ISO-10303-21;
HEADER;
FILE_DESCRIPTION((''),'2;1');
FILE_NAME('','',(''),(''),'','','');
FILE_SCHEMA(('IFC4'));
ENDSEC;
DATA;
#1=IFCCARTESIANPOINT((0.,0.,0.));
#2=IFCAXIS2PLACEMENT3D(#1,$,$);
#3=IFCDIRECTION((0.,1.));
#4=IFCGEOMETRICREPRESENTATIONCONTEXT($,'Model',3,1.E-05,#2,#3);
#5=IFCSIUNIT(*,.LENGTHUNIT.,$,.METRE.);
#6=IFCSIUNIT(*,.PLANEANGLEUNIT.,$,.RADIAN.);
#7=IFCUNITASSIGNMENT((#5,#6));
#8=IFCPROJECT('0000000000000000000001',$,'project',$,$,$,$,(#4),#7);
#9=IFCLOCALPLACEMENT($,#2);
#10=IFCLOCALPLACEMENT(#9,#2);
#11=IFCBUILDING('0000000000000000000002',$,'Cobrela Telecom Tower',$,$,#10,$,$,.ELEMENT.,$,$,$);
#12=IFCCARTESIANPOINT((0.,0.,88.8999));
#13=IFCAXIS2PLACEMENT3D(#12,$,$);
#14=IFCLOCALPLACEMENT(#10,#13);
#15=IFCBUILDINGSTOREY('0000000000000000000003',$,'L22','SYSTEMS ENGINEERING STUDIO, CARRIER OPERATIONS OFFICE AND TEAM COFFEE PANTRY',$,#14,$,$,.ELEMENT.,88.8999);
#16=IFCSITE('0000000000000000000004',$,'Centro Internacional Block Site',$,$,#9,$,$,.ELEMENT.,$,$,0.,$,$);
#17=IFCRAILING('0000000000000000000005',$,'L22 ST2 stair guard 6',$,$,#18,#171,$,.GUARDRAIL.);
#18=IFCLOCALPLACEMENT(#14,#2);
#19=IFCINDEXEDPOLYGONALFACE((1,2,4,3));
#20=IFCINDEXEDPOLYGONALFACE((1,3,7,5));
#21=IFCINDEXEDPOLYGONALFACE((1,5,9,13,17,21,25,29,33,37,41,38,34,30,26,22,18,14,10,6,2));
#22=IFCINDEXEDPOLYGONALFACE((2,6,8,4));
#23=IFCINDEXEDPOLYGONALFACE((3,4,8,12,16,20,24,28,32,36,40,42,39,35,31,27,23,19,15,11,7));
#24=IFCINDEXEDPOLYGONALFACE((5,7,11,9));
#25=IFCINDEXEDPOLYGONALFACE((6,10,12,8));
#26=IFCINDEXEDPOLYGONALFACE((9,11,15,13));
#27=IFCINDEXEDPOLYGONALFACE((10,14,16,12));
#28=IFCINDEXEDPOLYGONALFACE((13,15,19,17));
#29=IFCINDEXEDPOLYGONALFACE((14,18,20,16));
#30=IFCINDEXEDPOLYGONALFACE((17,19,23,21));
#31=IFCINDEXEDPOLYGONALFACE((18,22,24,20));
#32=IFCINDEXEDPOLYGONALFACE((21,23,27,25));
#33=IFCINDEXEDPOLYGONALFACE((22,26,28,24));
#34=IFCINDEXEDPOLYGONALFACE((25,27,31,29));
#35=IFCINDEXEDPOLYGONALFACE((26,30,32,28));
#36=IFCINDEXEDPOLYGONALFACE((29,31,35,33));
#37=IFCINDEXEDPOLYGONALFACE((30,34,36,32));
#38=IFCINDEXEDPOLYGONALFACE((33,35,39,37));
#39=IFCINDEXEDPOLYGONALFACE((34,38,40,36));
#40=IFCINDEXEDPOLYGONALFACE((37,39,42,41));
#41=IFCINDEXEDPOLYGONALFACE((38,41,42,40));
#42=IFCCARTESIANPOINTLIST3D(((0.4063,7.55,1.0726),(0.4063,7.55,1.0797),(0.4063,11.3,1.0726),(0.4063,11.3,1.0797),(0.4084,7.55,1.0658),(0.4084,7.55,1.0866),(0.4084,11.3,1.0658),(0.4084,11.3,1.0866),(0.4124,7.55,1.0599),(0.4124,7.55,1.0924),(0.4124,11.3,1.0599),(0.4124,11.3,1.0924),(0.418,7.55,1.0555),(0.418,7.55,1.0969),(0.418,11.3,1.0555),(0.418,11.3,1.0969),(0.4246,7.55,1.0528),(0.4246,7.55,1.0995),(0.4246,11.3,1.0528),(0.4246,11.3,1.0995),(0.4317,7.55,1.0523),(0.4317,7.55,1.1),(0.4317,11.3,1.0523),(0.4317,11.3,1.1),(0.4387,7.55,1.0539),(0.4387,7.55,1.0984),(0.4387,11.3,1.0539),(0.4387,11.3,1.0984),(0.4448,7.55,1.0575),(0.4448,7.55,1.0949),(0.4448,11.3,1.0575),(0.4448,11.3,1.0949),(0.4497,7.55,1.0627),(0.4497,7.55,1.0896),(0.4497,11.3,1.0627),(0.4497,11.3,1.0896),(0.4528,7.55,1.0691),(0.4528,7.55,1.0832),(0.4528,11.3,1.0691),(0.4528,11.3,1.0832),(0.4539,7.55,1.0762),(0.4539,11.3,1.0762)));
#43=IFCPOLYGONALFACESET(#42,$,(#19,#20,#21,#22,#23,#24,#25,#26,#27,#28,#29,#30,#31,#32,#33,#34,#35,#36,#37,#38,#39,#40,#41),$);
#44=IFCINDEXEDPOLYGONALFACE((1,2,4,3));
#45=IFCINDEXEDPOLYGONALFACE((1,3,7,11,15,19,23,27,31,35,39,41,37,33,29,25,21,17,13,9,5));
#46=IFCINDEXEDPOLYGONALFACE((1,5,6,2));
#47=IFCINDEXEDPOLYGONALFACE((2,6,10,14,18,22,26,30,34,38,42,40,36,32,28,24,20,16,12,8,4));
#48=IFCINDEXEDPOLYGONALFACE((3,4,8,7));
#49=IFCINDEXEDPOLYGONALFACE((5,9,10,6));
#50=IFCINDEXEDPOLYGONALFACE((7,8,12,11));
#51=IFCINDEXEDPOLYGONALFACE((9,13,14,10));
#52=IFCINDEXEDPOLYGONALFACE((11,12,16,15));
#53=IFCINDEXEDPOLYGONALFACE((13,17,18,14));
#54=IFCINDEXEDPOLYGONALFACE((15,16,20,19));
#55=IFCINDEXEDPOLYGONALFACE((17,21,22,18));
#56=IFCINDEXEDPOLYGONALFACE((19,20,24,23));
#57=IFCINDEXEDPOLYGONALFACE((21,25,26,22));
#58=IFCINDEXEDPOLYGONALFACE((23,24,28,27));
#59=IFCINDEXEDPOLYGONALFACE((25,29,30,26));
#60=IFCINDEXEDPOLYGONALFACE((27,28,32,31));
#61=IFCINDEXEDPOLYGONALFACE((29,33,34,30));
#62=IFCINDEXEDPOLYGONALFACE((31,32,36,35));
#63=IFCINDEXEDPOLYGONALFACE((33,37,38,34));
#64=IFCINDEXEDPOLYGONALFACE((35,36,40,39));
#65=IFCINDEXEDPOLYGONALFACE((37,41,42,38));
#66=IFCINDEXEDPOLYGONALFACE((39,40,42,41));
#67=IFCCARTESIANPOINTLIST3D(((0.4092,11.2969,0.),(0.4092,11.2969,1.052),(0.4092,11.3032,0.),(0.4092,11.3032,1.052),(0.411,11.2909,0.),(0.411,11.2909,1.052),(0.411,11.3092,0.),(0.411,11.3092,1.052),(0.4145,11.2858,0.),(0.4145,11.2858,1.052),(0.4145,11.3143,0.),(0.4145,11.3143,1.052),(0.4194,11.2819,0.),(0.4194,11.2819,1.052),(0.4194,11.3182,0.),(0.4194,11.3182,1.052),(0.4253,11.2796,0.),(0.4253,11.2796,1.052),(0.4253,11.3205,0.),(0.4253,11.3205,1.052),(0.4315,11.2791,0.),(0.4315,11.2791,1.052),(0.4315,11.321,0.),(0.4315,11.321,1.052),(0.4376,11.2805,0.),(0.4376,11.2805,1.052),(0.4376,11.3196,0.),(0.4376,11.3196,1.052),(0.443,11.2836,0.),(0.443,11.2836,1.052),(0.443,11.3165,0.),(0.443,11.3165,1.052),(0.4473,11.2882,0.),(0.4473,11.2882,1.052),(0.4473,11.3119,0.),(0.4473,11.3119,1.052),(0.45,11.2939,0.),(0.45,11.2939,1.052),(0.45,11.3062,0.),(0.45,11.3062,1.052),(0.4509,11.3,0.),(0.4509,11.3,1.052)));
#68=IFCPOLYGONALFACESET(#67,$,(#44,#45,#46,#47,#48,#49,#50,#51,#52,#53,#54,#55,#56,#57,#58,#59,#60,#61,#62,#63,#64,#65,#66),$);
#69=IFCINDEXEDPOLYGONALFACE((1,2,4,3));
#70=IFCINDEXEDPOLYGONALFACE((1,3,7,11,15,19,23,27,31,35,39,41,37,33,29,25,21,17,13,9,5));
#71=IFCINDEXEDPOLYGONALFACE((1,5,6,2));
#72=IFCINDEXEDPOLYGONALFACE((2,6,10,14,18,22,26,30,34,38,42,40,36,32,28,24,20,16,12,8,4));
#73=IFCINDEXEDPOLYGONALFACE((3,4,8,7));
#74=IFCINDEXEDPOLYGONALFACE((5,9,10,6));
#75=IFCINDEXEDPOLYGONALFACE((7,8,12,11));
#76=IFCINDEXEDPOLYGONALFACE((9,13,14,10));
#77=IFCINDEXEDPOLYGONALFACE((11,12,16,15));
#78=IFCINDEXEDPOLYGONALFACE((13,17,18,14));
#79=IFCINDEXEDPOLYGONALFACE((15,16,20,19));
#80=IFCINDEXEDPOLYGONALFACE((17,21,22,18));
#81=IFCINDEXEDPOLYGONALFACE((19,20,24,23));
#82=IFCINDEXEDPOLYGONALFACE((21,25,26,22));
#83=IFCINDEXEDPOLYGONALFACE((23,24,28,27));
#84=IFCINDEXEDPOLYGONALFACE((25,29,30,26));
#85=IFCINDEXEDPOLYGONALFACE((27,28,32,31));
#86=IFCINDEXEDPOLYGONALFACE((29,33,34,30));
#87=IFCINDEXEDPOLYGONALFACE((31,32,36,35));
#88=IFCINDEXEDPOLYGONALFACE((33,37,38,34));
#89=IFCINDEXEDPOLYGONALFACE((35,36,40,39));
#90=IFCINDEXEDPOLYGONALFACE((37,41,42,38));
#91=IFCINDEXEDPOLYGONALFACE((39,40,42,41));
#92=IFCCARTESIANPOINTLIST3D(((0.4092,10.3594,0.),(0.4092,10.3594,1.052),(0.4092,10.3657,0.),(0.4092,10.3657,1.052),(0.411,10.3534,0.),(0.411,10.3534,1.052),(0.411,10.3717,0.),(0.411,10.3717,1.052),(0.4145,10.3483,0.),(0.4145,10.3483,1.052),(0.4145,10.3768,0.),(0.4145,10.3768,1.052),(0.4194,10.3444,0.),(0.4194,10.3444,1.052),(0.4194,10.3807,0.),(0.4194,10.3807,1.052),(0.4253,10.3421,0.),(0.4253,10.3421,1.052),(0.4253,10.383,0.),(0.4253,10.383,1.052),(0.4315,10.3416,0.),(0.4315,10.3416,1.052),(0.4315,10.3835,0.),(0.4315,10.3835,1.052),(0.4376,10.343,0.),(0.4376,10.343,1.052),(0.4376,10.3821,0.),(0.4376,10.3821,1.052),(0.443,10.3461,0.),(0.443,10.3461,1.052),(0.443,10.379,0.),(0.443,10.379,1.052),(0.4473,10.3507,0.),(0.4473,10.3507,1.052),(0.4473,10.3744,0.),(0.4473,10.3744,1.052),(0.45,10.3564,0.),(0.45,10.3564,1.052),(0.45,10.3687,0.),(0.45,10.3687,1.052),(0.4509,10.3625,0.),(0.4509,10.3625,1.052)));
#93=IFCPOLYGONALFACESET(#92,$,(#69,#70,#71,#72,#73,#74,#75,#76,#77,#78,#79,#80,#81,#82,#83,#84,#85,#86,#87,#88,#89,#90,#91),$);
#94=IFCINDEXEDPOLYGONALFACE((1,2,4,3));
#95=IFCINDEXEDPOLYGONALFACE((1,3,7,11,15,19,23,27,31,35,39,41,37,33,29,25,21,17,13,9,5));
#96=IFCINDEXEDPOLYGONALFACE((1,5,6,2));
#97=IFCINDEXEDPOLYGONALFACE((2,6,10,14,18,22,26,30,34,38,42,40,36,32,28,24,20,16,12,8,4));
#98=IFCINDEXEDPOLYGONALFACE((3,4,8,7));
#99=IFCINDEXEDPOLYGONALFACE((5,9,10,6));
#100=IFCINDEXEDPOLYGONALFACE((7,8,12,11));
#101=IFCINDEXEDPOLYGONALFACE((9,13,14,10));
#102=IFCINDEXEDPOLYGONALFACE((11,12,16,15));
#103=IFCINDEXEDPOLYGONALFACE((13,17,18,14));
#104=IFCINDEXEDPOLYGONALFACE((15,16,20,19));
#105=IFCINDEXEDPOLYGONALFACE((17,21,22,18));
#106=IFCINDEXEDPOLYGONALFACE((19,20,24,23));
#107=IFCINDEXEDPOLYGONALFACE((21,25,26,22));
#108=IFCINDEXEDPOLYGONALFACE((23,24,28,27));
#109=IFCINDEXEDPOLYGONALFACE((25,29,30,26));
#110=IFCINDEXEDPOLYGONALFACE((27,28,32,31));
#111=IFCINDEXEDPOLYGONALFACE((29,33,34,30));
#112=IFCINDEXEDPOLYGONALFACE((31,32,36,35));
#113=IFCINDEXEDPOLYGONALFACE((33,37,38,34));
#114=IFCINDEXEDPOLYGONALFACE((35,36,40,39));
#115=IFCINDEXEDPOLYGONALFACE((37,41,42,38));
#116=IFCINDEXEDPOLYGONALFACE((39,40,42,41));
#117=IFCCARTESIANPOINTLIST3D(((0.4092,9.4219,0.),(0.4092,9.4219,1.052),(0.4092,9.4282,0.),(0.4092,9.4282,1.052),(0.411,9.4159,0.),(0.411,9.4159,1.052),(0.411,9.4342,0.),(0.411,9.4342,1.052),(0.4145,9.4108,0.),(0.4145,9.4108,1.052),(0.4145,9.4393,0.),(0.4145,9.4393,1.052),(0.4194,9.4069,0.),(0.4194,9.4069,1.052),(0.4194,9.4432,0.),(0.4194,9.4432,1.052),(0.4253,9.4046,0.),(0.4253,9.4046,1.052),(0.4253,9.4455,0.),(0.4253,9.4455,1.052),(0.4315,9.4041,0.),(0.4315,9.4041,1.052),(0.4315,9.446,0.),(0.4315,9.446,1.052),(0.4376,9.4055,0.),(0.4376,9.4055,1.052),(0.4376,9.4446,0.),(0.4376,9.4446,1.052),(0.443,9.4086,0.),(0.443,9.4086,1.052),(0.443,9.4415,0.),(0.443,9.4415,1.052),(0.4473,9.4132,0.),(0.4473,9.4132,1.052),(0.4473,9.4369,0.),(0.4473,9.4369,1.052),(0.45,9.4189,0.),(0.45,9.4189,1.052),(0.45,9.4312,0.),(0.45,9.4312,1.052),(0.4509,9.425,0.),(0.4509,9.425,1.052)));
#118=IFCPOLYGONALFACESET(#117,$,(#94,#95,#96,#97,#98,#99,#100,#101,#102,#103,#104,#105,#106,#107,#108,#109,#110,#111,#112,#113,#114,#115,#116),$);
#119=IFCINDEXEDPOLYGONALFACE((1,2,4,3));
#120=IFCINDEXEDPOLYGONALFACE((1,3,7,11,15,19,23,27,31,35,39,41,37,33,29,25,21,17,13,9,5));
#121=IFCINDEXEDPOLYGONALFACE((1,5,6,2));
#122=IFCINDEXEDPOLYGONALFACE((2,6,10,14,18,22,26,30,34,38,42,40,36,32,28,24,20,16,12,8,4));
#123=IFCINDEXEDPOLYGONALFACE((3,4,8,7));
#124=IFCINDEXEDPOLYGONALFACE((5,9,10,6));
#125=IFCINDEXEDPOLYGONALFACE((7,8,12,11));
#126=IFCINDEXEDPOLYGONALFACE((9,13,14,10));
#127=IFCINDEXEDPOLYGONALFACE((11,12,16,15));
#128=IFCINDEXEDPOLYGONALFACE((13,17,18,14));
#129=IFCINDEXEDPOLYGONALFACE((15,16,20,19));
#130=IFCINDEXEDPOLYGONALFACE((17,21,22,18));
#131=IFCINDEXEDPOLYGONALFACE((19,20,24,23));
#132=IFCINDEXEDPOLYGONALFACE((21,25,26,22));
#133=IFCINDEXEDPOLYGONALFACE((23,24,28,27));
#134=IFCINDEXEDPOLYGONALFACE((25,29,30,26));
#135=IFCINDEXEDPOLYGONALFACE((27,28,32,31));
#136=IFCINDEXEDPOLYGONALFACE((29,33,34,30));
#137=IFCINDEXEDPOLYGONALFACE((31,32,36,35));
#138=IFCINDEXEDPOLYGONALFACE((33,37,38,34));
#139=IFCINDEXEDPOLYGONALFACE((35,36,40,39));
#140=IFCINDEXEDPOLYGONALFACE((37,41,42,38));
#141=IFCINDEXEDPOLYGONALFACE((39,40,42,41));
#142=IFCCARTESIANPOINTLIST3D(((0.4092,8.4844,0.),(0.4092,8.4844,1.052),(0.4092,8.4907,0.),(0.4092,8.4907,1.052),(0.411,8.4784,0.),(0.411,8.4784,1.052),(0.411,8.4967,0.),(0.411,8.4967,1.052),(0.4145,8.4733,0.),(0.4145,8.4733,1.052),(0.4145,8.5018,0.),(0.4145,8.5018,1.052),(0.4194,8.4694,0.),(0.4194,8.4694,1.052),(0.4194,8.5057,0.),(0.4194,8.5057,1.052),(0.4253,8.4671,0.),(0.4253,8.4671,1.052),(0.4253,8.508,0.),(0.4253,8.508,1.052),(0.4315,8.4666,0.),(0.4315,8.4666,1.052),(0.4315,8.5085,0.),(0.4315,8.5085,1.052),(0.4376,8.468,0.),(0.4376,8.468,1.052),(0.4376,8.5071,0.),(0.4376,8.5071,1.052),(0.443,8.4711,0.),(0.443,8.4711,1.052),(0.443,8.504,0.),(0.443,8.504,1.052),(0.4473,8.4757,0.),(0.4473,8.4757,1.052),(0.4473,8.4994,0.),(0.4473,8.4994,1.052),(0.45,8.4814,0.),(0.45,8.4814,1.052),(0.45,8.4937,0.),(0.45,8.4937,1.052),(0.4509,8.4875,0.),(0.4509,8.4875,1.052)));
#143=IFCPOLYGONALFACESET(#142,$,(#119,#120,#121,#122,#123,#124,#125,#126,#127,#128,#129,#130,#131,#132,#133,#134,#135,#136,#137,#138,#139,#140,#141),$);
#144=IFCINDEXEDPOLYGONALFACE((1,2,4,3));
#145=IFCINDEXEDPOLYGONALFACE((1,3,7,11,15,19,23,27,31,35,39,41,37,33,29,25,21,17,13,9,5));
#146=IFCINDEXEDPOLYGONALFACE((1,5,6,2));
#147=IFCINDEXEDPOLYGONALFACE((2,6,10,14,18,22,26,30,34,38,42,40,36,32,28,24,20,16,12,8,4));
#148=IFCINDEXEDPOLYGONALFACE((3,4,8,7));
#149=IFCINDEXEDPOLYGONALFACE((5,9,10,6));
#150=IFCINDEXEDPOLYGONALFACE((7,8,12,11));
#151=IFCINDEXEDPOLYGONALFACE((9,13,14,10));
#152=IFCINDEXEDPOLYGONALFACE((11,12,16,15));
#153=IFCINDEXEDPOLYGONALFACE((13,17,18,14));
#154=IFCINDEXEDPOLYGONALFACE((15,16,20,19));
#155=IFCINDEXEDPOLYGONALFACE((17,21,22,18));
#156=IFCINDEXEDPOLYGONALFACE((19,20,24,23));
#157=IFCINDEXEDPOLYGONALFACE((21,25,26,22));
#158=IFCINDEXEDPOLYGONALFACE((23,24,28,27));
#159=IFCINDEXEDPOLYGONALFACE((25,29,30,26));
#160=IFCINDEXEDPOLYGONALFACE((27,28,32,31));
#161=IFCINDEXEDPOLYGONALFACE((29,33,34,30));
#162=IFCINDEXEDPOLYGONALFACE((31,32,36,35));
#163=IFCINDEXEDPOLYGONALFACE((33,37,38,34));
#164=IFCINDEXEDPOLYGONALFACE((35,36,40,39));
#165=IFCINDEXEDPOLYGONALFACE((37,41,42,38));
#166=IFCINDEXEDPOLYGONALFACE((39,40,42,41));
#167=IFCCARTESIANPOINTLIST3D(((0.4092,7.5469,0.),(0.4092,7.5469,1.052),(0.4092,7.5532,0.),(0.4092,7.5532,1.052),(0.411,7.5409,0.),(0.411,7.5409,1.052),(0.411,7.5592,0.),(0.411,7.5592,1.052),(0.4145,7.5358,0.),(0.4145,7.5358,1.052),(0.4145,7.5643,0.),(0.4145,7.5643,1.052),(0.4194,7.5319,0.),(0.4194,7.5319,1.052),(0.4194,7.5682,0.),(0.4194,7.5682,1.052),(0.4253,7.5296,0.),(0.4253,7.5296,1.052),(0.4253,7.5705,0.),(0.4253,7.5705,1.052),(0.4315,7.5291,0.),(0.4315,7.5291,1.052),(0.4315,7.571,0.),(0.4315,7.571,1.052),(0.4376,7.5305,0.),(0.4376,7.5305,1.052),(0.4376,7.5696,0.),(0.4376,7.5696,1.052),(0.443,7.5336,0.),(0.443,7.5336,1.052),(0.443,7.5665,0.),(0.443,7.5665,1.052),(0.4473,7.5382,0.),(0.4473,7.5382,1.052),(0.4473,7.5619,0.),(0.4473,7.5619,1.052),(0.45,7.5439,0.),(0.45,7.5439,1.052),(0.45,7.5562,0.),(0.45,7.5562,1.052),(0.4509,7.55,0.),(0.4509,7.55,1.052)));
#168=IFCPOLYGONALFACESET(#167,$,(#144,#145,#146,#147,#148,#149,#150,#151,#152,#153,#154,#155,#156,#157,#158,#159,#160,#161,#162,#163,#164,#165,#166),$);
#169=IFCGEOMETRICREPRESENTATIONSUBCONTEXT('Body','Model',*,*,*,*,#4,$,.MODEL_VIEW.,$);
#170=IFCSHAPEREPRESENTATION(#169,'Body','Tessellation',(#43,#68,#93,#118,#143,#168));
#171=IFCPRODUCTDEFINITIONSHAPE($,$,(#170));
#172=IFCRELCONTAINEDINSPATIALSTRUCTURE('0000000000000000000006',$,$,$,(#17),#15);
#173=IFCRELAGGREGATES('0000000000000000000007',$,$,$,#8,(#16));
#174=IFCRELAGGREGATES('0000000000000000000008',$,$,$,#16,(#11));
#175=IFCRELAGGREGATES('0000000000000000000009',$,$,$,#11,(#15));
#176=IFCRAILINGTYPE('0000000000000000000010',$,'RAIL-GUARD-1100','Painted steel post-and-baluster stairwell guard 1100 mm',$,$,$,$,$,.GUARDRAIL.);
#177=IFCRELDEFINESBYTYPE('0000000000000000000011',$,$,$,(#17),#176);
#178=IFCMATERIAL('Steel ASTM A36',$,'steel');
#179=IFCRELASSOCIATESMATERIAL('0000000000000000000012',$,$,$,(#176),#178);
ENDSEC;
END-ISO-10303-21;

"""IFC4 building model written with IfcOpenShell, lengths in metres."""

from ifc_helpers import new_model, si_unit, direction, frame, origin, origin_2d, place, context, subcontext, project, spatial, circle, extrude, material, type_object, element, save


model = new_model("IFC4")

# Units and contexts
model_context = context("Model", 3, precision=1e-05, world=origin(), true_north=direction((0.0, 1.0)))
body_context = subcontext(model_context, "Body", "Model", "MODEL_VIEW")
ifc_project = project(units=[si_unit("LENGTHUNIT", "METRE"), si_unit("PLANEANGLEUNIT", "RADIAN")], contexts=[model_context])

# Site, building, storey
site_placement = place(None, origin())
site = spatial("IfcSite", under=ifc_project, at=site_placement, Name="Centro Internacional Block Site", CompositionType="ELEMENT", RefElevation=0.0)
building_placement = place(site_placement, origin())
building = spatial("IfcBuilding", under=site, at=building_placement, Name="Cobrela Telecom Tower", CompositionType="ELEMENT")
storey_placement = place(building_placement, frame((0.0, 0.0, 88.8999)))
storey = spatial("IfcBuildingStorey", under=building, at=storey_placement, Name="L22", Description="SYSTEMS ENGINEERING STUDIO, CARRIER OPERATIONS OFFICE AND TEAM COFFEE PANTRY", CompositionType="ELEMENT", Elevation=88.8999)

# Railing
ifc_material_1 = material(Name="Steel ASTM A36", Category="steel")
railing_type_1 = type_object("IfcRailingType", Name="RAIL-GUARD-1100", Description="Painted steel post-and-baluster stairwell guard 1100 mm", PredefinedType="GUARDRAIL", material=ifc_material_1)
railing_1_placement = place(storey_placement, frame((0.4299, 11.3, 0.0)))
element("IfcRailing", 1, at=railing_1_placement, inside=storey, type_object=railing_type_1, Name="L22 ST2 stair guard 6", PredefinedType="GUARDRAIL", context=body_context, shape_type="SweptSolid", body=[
    extrude(circle(Radius=0.0239, at=origin_2d()), frame((0.0, 0.0, 1.0762), z_axis=(0.0, -1.0, 0.0), x_axis=(1.0, 0.0, 0.0)), (0.0, 0.0, 1.0), 3.75),
    extrude(circle(Radius=0.021, at=origin_2d()), origin(), (0.0, 0.0, 1.0), 1.052),
    extrude(circle(Radius=0.021, at=origin_2d()), frame((0.0, -0.9375, 0.0)), (0.0, 0.0, 1.0), 1.052),
    extrude(circle(Radius=0.021, at=origin_2d()), frame((0.0, -1.875, 0.0)), (0.0, 0.0, 1.0), 1.052),
    extrude(circle(Radius=0.021, at=origin_2d()), frame((0.0, -2.8125, 0.0)), (0.0, 0.0, 1.0), 1.052),
    extrude(circle(Radius=0.021, at=origin_2d()), frame((0.0, -3.75, 0.0)), (0.0, 0.0, 1.0), 1.052),
])

save(model, "model.ifc")
